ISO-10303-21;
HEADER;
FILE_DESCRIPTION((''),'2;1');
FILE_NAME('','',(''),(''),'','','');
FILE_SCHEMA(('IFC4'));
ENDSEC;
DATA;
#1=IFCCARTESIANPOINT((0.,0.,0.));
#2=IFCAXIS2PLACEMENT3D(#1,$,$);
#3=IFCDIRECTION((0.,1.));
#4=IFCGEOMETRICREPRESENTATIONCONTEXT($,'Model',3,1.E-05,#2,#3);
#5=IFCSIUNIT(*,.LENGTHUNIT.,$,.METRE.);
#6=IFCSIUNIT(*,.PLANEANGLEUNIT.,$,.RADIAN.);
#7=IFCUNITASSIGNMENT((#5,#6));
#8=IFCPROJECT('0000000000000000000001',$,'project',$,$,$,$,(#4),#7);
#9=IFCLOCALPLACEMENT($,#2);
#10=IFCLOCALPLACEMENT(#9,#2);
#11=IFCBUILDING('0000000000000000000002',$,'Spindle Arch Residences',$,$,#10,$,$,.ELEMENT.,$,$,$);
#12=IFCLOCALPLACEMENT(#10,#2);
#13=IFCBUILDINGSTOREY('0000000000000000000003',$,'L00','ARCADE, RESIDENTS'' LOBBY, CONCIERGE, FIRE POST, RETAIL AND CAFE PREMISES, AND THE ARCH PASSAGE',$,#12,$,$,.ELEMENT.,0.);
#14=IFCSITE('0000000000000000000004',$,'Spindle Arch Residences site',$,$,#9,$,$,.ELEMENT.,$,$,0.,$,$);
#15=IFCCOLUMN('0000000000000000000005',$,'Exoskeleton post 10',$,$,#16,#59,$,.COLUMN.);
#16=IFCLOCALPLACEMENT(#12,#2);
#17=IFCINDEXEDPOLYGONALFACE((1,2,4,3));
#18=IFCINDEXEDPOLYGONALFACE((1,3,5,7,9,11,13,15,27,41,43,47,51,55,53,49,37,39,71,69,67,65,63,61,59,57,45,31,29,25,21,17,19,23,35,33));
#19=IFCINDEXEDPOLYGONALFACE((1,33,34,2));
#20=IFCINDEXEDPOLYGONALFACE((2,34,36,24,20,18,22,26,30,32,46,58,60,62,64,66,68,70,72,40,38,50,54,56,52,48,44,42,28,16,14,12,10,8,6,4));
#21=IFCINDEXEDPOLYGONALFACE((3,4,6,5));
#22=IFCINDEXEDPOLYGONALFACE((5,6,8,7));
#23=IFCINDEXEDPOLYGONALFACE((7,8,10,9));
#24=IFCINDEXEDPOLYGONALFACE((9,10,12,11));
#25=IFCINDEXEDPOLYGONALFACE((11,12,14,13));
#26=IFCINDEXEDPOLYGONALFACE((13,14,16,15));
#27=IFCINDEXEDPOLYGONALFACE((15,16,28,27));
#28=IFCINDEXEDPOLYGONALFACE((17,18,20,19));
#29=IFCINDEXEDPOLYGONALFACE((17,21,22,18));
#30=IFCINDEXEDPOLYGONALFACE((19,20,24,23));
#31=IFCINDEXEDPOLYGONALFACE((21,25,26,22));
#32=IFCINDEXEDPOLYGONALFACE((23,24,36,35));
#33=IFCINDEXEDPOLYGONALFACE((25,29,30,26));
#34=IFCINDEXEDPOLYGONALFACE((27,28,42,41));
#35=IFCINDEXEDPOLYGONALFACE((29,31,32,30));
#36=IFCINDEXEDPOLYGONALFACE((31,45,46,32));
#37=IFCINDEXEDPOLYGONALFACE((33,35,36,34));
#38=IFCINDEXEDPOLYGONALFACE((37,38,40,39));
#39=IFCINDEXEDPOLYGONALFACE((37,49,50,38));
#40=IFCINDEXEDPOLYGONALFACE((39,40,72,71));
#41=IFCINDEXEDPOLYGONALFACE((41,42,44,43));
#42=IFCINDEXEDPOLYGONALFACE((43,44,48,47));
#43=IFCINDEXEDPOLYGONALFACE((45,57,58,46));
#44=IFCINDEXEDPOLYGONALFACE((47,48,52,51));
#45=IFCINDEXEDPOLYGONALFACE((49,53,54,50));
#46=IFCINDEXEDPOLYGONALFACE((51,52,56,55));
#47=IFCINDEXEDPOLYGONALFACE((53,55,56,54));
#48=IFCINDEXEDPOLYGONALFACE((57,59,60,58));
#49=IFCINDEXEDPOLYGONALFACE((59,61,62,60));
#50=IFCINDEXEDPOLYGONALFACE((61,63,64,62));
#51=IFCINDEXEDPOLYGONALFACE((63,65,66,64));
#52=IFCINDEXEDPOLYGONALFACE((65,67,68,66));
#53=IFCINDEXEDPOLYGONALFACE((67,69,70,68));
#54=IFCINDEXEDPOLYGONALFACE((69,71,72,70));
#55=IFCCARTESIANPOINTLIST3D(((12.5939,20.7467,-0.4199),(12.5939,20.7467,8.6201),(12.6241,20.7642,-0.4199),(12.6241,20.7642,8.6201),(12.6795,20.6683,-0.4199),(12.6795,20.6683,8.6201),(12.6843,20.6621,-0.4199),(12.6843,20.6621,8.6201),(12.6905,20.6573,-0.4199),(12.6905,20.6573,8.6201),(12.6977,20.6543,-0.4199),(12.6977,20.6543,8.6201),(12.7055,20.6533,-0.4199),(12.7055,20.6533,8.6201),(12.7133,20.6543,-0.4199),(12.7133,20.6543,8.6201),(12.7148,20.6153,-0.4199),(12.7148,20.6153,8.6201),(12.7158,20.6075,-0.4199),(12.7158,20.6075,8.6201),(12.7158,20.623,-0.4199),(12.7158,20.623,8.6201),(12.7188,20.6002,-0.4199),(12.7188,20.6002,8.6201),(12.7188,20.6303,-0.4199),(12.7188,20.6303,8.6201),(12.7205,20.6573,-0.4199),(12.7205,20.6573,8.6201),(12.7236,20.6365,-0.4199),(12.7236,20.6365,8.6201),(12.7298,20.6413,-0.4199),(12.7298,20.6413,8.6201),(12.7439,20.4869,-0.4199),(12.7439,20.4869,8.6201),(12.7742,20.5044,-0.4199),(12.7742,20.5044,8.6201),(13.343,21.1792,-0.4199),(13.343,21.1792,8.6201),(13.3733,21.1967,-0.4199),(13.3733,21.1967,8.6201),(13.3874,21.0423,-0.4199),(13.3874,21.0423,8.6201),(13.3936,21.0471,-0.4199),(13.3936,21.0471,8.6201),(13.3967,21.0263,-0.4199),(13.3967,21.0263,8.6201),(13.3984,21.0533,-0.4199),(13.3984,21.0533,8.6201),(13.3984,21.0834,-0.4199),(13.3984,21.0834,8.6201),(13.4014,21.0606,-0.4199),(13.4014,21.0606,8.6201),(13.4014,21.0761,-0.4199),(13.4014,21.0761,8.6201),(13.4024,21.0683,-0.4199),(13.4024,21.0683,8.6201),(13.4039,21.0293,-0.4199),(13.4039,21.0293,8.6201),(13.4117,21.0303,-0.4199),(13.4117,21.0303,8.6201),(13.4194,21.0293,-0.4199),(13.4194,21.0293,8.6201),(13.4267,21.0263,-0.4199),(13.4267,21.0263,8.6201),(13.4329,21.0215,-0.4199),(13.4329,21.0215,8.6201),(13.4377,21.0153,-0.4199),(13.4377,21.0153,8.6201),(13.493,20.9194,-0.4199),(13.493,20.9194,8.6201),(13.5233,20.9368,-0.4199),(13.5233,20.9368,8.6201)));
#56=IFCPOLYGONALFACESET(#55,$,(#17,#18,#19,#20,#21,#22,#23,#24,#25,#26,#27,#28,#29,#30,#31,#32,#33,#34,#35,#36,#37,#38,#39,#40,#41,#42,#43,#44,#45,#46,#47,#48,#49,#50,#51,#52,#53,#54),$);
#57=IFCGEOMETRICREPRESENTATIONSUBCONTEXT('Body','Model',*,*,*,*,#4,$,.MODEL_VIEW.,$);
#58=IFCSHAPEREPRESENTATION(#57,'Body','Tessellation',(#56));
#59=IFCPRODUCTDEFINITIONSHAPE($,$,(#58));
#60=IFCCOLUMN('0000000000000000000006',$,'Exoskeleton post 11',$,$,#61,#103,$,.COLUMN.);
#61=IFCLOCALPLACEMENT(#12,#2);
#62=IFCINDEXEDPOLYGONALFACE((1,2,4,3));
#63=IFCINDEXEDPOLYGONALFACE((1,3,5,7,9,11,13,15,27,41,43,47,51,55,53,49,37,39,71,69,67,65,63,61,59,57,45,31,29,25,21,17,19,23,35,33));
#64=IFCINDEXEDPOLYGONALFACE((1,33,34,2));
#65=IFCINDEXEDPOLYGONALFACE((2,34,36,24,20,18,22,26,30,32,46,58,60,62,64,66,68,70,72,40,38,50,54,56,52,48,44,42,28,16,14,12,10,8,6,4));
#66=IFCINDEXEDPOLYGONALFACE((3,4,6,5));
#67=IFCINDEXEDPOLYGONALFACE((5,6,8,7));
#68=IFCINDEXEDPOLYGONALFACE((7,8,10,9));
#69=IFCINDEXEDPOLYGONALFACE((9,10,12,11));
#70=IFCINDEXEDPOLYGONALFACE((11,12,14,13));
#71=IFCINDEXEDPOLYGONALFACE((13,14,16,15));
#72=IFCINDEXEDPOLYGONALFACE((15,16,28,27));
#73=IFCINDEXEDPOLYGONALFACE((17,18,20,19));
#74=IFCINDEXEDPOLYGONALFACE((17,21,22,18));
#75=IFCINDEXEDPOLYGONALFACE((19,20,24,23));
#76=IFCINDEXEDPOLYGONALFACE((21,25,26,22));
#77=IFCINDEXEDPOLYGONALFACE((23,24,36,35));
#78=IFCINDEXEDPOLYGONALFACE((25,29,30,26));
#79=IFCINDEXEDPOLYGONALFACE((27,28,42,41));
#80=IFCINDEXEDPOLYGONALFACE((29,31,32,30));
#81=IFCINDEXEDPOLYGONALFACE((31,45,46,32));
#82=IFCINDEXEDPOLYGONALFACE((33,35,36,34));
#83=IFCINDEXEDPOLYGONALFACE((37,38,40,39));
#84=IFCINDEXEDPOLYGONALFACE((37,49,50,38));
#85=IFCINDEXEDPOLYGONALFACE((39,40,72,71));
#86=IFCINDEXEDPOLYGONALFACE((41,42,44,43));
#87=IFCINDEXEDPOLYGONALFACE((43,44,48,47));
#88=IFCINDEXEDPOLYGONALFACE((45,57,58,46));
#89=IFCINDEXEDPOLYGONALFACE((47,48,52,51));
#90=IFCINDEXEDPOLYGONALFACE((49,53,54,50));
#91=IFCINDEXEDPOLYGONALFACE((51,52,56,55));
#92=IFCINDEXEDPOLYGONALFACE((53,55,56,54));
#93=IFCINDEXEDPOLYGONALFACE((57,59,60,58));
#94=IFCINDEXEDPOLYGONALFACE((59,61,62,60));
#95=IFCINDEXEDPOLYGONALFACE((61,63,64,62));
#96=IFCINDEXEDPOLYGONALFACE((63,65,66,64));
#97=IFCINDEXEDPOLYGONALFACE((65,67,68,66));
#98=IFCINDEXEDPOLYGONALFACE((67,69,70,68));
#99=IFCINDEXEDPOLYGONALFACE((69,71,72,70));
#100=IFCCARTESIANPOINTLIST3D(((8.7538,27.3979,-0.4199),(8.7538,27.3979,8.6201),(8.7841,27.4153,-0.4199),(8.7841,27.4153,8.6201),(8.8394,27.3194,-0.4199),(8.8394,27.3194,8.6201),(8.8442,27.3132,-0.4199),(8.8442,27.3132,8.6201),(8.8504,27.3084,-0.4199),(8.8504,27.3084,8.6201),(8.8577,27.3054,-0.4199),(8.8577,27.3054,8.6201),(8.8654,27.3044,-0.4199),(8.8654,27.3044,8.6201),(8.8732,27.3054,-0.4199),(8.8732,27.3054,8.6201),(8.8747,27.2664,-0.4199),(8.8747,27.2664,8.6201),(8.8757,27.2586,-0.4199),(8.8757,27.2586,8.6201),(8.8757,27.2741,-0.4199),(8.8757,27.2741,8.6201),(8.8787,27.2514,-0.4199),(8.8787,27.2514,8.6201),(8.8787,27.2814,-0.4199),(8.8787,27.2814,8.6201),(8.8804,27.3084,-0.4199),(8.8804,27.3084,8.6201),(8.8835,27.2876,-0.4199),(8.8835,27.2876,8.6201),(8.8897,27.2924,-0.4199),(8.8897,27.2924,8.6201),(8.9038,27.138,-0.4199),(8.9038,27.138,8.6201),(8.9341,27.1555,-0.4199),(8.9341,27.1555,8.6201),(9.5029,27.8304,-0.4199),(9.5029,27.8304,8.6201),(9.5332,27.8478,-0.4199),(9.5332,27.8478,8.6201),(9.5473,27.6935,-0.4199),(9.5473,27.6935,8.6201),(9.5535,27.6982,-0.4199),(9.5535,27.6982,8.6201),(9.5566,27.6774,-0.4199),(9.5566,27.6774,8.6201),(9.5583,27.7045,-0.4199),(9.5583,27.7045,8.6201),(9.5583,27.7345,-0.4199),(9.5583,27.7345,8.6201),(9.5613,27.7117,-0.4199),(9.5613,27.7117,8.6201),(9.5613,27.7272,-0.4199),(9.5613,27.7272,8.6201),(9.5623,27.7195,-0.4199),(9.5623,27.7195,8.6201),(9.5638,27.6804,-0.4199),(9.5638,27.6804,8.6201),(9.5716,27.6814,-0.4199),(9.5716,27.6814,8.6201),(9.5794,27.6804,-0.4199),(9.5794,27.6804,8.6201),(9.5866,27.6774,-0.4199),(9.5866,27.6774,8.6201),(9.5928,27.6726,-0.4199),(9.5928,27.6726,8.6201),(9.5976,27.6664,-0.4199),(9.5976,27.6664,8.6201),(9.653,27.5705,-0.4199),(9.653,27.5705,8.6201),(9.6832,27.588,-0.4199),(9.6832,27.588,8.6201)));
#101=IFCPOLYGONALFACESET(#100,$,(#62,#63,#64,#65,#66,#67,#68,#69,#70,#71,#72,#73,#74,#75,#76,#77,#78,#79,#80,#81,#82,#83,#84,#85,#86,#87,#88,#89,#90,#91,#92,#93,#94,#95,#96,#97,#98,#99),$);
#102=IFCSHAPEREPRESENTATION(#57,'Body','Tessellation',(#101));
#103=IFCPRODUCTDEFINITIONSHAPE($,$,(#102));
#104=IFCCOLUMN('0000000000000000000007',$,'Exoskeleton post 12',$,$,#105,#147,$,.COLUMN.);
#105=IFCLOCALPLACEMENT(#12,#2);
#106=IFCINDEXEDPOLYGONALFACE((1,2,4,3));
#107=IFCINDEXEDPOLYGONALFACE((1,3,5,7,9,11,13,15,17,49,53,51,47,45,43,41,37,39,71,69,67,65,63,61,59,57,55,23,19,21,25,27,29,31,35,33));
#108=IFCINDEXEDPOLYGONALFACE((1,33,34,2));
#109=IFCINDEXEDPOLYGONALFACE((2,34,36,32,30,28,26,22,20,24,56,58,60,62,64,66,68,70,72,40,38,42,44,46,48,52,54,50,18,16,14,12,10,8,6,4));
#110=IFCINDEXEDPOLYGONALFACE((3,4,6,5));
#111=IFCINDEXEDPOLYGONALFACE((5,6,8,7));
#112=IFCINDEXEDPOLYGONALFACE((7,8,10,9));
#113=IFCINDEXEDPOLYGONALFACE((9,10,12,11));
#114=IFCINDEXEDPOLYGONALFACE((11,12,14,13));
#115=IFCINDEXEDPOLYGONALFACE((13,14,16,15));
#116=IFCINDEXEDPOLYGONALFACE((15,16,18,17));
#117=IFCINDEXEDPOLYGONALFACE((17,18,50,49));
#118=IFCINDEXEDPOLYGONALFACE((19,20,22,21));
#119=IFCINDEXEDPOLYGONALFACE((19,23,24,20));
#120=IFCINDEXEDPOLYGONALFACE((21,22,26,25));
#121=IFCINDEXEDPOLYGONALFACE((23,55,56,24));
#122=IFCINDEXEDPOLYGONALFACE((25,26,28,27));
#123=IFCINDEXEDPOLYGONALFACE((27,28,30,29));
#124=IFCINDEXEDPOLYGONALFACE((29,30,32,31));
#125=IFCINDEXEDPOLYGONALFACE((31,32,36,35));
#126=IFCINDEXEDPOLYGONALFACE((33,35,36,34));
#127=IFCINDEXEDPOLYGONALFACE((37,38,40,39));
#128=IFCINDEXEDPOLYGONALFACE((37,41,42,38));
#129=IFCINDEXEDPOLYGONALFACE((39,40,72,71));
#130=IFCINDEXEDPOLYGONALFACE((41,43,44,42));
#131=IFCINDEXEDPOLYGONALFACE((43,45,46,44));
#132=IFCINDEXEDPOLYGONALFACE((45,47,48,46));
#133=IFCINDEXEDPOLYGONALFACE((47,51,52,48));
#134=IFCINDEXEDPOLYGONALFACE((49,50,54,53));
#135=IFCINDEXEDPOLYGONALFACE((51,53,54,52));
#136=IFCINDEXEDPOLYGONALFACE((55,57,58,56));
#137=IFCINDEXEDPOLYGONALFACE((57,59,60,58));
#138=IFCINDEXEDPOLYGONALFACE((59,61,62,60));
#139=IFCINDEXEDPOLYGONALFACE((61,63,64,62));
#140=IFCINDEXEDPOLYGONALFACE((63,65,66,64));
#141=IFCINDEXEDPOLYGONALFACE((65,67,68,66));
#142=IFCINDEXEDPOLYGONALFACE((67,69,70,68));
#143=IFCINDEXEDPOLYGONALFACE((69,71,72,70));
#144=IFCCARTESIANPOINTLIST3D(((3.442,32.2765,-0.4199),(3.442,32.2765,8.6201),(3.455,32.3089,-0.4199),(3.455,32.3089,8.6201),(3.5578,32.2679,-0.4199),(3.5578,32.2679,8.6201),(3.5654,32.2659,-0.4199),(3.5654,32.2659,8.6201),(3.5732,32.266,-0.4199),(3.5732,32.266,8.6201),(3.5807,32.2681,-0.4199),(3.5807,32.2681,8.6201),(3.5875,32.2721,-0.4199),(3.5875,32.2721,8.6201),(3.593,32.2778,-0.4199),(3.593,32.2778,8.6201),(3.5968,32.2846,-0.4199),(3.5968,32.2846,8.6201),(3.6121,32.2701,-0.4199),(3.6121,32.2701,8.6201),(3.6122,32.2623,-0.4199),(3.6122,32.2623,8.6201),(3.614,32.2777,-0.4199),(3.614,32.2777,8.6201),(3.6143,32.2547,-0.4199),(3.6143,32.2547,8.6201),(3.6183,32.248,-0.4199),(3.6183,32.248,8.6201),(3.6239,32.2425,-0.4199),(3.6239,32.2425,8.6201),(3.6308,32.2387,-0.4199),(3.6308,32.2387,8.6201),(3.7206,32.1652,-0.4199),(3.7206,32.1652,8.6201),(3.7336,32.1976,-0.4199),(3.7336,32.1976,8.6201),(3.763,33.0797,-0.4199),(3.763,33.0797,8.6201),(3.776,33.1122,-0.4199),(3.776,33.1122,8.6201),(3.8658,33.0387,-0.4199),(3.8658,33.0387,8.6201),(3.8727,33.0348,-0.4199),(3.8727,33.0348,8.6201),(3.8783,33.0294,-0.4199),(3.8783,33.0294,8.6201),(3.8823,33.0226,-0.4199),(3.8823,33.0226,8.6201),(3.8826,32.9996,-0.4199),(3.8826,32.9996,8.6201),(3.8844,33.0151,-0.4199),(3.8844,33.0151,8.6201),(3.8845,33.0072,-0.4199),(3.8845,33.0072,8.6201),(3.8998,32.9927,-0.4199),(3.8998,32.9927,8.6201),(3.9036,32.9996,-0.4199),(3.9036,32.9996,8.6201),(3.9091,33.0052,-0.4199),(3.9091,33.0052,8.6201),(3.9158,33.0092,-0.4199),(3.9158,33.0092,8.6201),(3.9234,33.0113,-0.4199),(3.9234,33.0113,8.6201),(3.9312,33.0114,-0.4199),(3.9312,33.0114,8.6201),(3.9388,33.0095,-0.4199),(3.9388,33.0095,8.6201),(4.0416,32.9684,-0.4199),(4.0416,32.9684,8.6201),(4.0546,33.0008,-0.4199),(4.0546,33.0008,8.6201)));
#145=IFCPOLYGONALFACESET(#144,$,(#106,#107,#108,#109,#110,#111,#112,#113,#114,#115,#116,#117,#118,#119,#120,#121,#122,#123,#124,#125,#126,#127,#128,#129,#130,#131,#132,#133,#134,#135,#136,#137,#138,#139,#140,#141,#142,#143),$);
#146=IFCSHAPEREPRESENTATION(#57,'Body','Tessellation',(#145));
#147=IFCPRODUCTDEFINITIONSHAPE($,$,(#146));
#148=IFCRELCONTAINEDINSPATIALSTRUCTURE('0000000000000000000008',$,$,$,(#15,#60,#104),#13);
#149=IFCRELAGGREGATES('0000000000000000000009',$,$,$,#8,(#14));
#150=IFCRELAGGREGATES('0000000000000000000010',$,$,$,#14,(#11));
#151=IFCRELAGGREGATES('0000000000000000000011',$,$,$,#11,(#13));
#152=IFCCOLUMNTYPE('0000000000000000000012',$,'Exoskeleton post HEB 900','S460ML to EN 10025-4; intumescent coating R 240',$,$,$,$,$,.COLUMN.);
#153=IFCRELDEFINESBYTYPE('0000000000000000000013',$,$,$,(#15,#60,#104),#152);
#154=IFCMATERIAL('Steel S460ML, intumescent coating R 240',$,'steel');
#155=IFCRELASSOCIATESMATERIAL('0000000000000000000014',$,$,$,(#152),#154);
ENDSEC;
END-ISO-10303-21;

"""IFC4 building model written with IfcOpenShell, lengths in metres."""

from ifc_helpers import new_model, si_unit, direction, frame, origin, origin_2d, place, context, subcontext, project, spatial, i_section, extrude, material, material_profile, profile_set, type_object, element, save


model = new_model("IFC4")

# Units and contexts
model_context = context("Model", 3, precision=1e-05, world=origin(), true_north=direction((0.0, 1.0)))
body_context = subcontext(model_context, "Body", "Model", "MODEL_VIEW")
ifc_project = project(units=[si_unit("LENGTHUNIT", "METRE"), si_unit("PLANEANGLEUNIT", "RADIAN")], contexts=[model_context])

# Site, building, storey
site_placement = place(None, origin())
site = spatial("IfcSite", under=ifc_project, at=site_placement, Name="Spindle Arch Residences site", CompositionType="ELEMENT", RefElevation=0.0)
building_placement = place(site_placement, origin())
building = spatial("IfcBuilding", under=site, at=building_placement, Name="Spindle Arch Residences", CompositionType="ELEMENT")
storey_placement = place(building_placement, origin())
storey = spatial("IfcBuildingStorey", under=building, at=storey_placement, Name="L00", Description="ARCADE, RESIDENTS' LOBBY, CONCIERGE, FIRE POST, RETAIL AND CAFE PREMISES, AND THE ARCH PASSAGE", CompositionType="ELEMENT", Elevation=0.0)

# Columns
ifc_material_1 = material(Name="Steel S460ML, intumescent coating R 240", Category="steel")
ifc_material_profile_1 = material_profile(ifc_material_1, i_section(OverallWidth=0.3, OverallDepth=0.8999, WebThickness=0.0186, FlangeThickness=0.0349, FilletRadius=0.03, at=origin_2d()), Name="HEB 900")
ifc_profile_set_1 = profile_set([ifc_material_profile_1], Name="Steel S460ML, intumescent coating R 240")
column_type_1 = type_object("IfcColumnType", Name="Exoskeleton post HEB 900", Description="S460ML to EN 10025-4; intumescent coating R 240", PredefinedType="COLUMN", material=ifc_profile_set_1)
for number, where, z_axis, x_axis, name in (
    (1, (13.0586, 20.8418, -0.4199), (0.0, 0.0, 1.0), (0.5, -0.866025, 0.0), "Exoskeleton post 10"),
    (2, (9.2185, 27.4929, -0.4199), (0.0, 0.0, 1.0), (0.5, -0.866025, 0.0), "Exoskeleton post 11"),
    (3, (3.7483, 32.6387, -0.4199), (0.0, 0.0, 1.0), (0.92859, -0.371108, 0.0), "Exoskeleton post 12"),
):
    element("IfcColumn", number, at=place(storey_placement, frame(where, z_axis=z_axis, x_axis=x_axis)), inside=storey, type_object=column_type_1, Name=name, PredefinedType="COLUMN", context=body_context, shape_type="SweptSolid", body=[
        extrude(i_section(OverallWidth=0.3, OverallDepth=0.8999, WebThickness=0.0186, FlangeThickness=0.0349, FilletRadius=0.03, at=origin_2d()), origin(), (0.0, 0.0, 1.0), 9.04),
    ])

save(model, "model.ifc")
